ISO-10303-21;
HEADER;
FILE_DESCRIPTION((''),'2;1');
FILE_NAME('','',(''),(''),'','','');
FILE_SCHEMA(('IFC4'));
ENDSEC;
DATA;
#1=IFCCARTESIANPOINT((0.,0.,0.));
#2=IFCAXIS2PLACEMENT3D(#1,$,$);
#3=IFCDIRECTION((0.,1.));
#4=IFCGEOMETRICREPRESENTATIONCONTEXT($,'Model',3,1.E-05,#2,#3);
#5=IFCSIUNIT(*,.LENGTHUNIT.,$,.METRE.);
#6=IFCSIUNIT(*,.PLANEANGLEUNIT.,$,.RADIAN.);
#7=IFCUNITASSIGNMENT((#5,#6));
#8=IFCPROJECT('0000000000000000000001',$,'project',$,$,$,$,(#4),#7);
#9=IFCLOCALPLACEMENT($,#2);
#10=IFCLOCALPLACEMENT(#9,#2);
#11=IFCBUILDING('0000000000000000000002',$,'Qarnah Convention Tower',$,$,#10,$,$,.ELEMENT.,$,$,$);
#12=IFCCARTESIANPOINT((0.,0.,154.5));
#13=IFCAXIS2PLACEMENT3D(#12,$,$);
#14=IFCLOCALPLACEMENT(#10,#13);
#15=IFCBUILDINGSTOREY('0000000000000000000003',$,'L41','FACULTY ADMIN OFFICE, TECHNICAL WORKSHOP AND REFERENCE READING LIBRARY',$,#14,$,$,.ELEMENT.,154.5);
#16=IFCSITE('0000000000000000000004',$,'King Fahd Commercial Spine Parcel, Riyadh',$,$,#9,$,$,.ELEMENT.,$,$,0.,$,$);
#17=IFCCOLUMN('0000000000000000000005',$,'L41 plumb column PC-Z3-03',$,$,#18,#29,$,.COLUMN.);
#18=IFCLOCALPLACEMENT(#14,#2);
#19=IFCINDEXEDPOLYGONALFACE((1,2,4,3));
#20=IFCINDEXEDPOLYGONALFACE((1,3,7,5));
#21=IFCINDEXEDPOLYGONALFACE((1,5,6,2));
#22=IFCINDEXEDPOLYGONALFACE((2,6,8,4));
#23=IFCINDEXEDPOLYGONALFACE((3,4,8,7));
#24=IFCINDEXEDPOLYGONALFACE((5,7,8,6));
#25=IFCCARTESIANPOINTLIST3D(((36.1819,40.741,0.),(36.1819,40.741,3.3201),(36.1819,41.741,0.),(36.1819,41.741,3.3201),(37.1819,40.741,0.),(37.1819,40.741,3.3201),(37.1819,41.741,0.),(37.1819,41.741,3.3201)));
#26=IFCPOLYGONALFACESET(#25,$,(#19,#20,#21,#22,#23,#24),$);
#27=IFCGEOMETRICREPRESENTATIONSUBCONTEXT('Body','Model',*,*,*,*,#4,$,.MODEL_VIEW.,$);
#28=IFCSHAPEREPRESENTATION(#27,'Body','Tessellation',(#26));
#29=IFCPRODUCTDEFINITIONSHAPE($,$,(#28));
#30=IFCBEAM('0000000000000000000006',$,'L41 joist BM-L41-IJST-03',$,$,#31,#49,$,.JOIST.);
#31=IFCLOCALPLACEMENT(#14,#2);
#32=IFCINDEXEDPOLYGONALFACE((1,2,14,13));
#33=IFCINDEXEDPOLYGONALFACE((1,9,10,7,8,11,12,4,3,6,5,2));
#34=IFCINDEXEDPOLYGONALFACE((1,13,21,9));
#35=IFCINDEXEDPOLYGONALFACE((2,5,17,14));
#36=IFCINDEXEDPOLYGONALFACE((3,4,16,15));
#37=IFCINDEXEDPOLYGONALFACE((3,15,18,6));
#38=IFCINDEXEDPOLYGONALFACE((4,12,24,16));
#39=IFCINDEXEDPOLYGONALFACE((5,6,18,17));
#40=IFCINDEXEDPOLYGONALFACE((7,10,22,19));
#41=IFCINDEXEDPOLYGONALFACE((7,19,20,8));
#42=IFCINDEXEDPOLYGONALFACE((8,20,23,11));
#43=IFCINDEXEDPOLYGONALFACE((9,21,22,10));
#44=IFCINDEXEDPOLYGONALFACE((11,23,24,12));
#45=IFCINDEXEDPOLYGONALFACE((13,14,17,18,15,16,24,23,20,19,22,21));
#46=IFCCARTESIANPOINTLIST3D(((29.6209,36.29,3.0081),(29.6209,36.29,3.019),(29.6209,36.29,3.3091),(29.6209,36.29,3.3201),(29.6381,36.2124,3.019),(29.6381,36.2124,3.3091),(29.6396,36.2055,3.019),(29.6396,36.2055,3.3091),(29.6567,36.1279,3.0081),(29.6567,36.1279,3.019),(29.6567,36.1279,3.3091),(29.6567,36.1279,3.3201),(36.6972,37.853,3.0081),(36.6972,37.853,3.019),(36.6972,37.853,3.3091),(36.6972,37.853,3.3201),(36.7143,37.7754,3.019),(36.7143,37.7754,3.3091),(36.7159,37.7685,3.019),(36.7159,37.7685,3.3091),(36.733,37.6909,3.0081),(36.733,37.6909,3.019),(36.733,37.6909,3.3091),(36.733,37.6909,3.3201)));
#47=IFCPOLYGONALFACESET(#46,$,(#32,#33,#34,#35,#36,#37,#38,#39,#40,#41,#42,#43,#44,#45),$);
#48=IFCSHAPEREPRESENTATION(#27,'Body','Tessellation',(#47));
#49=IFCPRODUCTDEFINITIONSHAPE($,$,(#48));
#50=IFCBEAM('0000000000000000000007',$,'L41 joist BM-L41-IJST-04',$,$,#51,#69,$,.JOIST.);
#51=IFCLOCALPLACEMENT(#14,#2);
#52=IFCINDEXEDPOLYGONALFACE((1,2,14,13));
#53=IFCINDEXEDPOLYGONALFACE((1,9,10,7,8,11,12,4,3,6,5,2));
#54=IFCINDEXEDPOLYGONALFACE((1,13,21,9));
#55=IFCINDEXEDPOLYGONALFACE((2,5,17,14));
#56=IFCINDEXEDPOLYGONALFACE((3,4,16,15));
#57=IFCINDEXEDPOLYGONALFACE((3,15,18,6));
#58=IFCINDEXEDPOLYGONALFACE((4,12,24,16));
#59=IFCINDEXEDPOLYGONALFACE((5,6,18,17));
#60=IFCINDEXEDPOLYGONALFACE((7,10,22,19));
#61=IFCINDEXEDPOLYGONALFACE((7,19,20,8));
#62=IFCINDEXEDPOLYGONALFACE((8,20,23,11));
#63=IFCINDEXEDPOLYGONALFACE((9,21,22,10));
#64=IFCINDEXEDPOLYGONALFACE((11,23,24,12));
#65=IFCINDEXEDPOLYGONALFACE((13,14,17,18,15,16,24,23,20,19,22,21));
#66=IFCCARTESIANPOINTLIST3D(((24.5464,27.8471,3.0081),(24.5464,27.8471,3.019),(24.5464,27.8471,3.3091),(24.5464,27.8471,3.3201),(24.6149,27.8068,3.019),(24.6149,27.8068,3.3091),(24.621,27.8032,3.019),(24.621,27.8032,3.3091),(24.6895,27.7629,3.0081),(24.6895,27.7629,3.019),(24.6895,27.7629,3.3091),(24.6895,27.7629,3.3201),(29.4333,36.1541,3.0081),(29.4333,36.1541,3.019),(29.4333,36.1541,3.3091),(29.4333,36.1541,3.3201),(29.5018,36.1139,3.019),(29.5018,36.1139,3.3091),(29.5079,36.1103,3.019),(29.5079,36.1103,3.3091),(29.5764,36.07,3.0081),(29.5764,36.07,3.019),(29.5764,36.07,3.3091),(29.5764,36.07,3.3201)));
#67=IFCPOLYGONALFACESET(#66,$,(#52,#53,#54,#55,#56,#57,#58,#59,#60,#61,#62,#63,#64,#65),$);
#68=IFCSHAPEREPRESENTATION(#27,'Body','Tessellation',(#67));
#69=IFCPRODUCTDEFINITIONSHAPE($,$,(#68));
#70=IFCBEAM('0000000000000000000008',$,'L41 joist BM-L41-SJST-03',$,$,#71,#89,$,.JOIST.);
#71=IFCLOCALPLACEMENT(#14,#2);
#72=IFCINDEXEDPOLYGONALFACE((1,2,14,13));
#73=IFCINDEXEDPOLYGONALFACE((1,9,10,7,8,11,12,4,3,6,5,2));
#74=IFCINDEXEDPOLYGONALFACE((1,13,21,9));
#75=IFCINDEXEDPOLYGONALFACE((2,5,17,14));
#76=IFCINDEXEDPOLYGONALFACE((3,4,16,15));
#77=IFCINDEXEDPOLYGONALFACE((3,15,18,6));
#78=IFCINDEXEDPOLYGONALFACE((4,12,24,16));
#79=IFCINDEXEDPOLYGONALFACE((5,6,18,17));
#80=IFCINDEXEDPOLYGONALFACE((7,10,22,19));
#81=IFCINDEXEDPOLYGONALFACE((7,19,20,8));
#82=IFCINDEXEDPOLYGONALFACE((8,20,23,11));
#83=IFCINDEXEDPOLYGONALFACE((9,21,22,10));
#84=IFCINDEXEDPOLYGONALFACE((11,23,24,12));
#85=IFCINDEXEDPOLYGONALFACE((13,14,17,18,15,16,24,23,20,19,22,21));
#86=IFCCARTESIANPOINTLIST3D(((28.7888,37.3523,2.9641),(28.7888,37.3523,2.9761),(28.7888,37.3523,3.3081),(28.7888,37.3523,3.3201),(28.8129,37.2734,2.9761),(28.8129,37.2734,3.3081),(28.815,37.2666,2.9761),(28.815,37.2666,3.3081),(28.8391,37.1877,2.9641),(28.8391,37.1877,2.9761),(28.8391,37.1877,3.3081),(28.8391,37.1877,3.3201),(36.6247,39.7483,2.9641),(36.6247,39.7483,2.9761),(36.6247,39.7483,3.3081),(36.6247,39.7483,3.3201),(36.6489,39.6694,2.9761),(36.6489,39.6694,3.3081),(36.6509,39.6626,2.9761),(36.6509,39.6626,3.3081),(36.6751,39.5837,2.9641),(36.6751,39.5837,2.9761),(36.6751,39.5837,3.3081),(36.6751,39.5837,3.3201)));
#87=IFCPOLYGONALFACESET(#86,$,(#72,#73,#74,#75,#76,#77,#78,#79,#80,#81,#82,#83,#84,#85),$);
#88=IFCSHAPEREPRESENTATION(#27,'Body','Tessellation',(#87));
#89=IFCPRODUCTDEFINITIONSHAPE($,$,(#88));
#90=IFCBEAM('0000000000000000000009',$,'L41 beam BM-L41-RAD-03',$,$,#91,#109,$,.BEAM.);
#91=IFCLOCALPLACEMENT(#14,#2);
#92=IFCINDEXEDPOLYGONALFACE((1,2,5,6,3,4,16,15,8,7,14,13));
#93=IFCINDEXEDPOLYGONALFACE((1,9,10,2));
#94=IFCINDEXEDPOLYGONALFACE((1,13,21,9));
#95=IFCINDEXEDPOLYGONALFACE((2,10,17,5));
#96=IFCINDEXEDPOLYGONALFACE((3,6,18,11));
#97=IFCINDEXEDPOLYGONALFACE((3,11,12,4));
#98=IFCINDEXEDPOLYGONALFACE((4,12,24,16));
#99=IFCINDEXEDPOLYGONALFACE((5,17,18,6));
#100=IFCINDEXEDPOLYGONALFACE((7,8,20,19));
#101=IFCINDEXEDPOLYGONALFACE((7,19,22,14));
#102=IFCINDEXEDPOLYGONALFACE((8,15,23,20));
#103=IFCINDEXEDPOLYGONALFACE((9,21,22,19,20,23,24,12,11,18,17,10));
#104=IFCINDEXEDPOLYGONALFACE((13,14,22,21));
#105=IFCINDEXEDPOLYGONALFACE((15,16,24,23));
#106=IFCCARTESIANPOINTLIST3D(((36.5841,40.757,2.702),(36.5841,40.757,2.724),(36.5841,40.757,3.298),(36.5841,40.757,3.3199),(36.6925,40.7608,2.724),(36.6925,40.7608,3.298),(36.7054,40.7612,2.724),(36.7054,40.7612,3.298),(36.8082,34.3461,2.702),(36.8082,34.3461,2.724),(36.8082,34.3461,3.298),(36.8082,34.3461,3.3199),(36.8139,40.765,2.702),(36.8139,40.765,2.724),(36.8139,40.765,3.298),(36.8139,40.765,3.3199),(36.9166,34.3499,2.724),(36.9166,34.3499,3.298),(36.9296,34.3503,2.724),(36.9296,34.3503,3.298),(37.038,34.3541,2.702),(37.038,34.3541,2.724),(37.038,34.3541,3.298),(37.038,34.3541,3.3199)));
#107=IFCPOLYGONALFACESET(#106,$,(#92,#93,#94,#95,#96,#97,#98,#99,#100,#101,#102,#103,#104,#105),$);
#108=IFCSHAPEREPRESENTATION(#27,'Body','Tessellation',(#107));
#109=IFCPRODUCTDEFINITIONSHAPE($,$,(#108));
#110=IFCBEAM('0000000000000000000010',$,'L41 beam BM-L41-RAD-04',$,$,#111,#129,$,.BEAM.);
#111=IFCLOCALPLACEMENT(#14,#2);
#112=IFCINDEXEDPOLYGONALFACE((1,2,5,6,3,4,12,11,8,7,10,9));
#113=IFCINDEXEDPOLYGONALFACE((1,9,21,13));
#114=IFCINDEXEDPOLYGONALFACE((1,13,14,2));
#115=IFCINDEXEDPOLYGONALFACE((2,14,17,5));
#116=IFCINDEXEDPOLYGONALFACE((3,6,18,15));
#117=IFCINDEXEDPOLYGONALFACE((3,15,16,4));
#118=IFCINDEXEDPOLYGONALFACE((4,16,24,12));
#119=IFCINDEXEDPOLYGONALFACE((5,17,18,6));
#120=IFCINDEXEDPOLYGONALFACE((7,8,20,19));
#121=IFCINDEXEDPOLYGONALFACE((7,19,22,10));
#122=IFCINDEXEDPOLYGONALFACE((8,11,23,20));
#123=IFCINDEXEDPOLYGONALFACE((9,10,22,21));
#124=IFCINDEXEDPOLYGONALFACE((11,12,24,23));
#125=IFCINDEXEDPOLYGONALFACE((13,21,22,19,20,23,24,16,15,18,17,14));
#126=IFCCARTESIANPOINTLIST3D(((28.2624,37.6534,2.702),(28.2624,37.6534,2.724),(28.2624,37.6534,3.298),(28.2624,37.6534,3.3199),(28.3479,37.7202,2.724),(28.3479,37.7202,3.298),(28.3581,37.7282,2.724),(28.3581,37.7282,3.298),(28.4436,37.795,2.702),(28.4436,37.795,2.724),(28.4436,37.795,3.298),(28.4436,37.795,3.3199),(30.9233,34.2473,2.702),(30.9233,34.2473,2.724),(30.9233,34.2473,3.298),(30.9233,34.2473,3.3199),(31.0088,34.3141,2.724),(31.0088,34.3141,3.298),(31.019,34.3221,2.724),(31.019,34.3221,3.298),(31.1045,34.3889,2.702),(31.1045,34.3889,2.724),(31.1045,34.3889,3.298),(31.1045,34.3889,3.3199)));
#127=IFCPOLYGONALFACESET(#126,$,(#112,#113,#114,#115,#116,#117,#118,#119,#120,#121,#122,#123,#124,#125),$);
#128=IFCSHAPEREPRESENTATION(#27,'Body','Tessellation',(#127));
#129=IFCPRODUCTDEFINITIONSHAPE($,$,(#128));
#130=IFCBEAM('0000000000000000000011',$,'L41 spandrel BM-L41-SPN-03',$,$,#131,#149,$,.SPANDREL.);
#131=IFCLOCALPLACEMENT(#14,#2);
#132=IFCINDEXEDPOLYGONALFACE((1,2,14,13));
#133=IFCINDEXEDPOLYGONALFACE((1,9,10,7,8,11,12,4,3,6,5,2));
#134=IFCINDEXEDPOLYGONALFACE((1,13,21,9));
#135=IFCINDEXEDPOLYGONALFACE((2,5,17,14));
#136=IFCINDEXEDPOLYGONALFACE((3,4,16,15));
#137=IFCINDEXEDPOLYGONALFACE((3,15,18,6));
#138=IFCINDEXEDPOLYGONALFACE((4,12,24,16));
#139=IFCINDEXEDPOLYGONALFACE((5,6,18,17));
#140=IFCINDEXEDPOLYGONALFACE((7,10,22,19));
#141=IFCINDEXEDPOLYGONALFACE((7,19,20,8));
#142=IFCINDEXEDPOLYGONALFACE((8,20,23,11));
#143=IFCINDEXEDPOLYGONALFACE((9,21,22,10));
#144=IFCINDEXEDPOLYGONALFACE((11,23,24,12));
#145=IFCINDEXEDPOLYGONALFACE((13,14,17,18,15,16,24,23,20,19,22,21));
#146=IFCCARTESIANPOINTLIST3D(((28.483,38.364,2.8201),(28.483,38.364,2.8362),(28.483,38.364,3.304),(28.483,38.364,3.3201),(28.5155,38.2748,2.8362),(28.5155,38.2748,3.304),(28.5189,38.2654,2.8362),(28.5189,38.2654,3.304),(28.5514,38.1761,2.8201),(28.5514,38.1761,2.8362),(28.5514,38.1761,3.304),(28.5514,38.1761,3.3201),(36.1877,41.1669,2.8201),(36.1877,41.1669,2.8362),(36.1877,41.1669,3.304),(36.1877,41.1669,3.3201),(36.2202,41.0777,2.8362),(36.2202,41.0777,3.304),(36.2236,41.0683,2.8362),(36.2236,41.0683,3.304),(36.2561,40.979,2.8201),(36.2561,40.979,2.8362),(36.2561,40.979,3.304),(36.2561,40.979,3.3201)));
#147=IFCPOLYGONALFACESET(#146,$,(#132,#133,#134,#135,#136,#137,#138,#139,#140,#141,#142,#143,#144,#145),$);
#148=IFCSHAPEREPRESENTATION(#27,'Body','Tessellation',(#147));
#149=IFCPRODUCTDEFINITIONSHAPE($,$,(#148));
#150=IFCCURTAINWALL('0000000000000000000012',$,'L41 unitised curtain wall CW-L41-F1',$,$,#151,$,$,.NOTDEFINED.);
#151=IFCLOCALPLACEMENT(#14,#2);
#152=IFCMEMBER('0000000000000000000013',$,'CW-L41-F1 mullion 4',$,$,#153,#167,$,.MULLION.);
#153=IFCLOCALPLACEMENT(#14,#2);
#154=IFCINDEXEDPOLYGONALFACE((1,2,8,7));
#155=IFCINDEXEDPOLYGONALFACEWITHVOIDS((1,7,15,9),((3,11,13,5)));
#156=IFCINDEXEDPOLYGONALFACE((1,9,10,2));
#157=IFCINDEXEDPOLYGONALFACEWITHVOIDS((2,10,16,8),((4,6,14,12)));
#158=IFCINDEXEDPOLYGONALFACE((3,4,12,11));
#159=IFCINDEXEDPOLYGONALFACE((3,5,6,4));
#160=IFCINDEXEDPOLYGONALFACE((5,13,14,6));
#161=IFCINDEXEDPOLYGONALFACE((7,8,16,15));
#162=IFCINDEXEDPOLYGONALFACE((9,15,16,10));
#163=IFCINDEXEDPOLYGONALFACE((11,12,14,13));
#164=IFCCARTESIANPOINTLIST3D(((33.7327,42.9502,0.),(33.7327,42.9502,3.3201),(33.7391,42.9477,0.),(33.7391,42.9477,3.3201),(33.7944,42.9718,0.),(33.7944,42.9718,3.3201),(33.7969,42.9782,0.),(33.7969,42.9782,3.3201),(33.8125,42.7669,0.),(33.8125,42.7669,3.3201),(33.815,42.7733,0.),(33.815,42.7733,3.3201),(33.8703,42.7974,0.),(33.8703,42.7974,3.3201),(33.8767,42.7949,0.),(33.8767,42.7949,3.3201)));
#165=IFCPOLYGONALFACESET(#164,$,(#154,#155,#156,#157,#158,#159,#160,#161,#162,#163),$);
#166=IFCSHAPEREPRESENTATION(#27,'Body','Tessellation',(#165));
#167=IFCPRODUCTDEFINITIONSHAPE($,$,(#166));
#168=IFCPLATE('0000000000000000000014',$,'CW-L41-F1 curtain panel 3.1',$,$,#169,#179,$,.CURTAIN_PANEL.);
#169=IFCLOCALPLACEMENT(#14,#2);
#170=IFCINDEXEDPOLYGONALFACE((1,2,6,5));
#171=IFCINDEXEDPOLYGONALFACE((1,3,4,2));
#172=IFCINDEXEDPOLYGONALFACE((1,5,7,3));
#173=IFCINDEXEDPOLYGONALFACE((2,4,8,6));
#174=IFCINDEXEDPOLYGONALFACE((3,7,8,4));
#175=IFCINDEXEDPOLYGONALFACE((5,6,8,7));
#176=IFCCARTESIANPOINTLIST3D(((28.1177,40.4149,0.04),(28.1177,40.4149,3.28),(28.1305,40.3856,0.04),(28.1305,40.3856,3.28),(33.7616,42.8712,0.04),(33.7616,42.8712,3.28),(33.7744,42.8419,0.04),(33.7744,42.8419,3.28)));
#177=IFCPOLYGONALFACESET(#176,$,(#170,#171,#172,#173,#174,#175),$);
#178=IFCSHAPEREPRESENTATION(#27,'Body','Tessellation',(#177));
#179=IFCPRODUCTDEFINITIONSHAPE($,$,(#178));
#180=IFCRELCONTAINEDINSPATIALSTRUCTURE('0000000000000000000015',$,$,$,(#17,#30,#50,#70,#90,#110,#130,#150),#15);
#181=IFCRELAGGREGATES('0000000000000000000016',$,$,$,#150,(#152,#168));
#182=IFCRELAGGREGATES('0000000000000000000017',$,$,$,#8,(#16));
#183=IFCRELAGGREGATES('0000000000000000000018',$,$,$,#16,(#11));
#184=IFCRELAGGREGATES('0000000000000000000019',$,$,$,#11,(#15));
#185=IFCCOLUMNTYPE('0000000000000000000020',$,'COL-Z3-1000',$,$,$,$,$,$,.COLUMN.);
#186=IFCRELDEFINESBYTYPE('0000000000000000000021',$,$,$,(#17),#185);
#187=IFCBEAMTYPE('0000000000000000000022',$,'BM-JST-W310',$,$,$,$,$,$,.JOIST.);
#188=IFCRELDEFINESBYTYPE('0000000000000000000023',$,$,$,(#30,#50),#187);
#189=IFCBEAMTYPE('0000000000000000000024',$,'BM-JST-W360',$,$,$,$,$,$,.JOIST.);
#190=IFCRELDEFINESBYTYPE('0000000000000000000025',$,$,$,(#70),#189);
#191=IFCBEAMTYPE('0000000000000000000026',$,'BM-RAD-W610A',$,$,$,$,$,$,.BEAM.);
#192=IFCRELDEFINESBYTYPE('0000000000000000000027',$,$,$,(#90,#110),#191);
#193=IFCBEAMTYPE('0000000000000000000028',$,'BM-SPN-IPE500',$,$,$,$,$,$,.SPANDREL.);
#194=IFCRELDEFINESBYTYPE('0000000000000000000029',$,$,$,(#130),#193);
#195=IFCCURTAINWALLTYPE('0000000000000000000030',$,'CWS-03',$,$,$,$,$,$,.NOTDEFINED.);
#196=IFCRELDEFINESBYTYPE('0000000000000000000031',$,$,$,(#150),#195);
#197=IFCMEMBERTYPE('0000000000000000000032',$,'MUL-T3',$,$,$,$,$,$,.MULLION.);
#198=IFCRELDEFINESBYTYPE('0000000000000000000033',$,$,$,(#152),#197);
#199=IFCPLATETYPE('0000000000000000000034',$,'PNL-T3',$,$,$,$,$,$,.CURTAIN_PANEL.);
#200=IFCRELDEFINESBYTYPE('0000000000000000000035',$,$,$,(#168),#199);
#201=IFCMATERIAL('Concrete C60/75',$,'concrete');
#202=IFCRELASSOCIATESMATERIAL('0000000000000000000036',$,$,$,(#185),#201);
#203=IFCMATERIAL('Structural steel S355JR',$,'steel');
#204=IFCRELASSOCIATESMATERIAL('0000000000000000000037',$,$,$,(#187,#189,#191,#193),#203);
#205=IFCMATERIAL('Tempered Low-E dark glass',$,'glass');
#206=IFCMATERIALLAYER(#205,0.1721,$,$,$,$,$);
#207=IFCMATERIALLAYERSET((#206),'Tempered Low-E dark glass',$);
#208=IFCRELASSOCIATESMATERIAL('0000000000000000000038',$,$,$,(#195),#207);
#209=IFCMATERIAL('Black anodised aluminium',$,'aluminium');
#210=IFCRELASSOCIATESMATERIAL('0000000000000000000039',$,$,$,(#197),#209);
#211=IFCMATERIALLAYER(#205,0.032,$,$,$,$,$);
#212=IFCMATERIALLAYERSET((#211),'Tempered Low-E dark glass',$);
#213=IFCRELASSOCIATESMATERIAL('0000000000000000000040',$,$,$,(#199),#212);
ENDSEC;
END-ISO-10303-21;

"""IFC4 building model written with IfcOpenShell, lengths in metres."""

from ifc_helpers import new_model, si_unit, direction, frame, origin, origin_2d, place, context, subcontext, project, spatial, rectangle, hollow_rectangle, i_section, extrude, material, layer, layer_set, material_profile, profile_set, type_object, element, aggregate, save


model = new_model("IFC4")

# Units and contexts
model_context = context("Model", 3, precision=1e-05, world=origin(), true_north=direction((0.0, 1.0)))
body_context = subcontext(model_context, "Body", "Model", "MODEL_VIEW")
ifc_project = project(units=[si_unit("LENGTHUNIT", "METRE"), si_unit("PLANEANGLEUNIT", "RADIAN")], contexts=[model_context])

# Site, building, storey
site_placement = place(None, origin())
site = spatial("IfcSite", under=ifc_project, at=site_placement, Name="King Fahd Commercial Spine Parcel, Riyadh", CompositionType="ELEMENT", RefElevation=0.0)
building_placement = place(site_placement, origin())
building = spatial("IfcBuilding", under=site, at=building_placement, Name="Qarnah Convention Tower", CompositionType="ELEMENT")
storey_placement = place(building_placement, frame((0.0, 0.0, 154.5)))
storey = spatial("IfcBuildingStorey", under=building, at=storey_placement, Name="L41", Description="FACULTY ADMIN OFFICE, TECHNICAL WORKSHOP AND REFERENCE READING LIBRARY", CompositionType="ELEMENT", Elevation=154.5)

# Column
ifc_material_1 = material(Name="Concrete C60/75", Category="concrete")
ifc_material_profile_1 = material_profile(ifc_material_1, rectangle(XDim=1.0, YDim=1.0, at=origin_2d()), Name="RC-COL-1000X1000")
ifc_profile_set_1 = profile_set([ifc_material_profile_1], Name="Concrete C60/75")
column_type = type_object("IfcColumnType", Name="COL-Z3-1000", PredefinedType="COLUMN", material=ifc_profile_set_1)
column_placement = place(storey_placement, frame((36.6819, 41.241, 0.0), z_axis=(0.0, 0.0, 1.0), x_axis=(1.0, 0.0, 0.0)))
element("IfcColumn", 1, at=column_placement, inside=storey, type_object=column_type, Name="L41 plumb column PC-Z3-03", PredefinedType="COLUMN", context=body_context, shape_type="SweptSolid", body=[
    extrude(rectangle(XDim=1.0, YDim=1.0, at=origin_2d()), origin(), (0.0, 0.0, 1.0), 3.3201),
])

# Beams
ifc_material_2 = material(Name="Structural steel S355JR", Category="steel")
ifc_material_profile_2 = material_profile(ifc_material_2, i_section(OverallWidth=0.166, OverallDepth=0.312, WebThickness=0.0071, FlangeThickness=0.011, at=origin_2d()), Name="W310X45")
ifc_profile_set_2 = profile_set([ifc_material_profile_2], Name="Structural steel S355JR")
beam_type_1 = type_object("IfcBeamType", Name="BM-JST-W310", PredefinedType="JOIST", material=ifc_profile_set_2)
beam_1_placement = place(storey_placement, frame((36.7151, 37.772, 3.1641), z_axis=(-0.976464, -0.215682, 0.0), x_axis=(0.215682, -0.976464, 0.0)))
element("IfcBeam", 2, at=beam_1_placement, inside=storey, type_object=beam_type_1, Name="L41 joist BM-L41-IJST-03", PredefinedType="JOIST", context=body_context, shape_type="SweptSolid", body=[
    extrude(i_section(OverallWidth=0.166, OverallDepth=0.312, WebThickness=0.0071, FlangeThickness=0.011, at=origin_2d()), origin(), (0.0, 0.0, 1.0), 7.2468),
])
beam_2_placement = place(storey_placement, frame((29.5049, 36.1121, 3.1641), z_axis=(-0.507052, -0.861915, 0.0), x_axis=(0.861915, -0.507052, 0.0)))
element("IfcBeam", 3, at=beam_2_placement, inside=storey, type_object=beam_type_1, Name="L41 joist BM-L41-IJST-04", PredefinedType="JOIST", context=body_context, shape_type="SweptSolid", body=[
    extrude(i_section(OverallWidth=0.166, OverallDepth=0.312, WebThickness=0.0071, FlangeThickness=0.011, at=origin_2d()), origin(), (0.0, 0.0, 1.0), 9.6379),
])
ifc_material_profile_3 = material_profile(ifc_material_2, i_section(OverallWidth=0.1721, OverallDepth=0.356, WebThickness=0.0071, FlangeThickness=0.012, at=origin_2d()), Name="W360X51")
ifc_profile_set_3 = profile_set([ifc_material_profile_3], Name="Structural steel S355JR")
beam_type_2 = type_object("IfcBeamType", Name="BM-JST-W360", PredefinedType="JOIST", material=ifc_profile_set_3)
beam_3_placement = place(storey_placement, frame((36.6499, 39.666, 3.1421), z_axis=(-0.956294, -0.292406, 0.0), x_axis=(0.292406, -0.956294, 0.0)))
element("IfcBeam", 4, at=beam_3_placement, inside=storey, type_object=beam_type_2, Name="L41 joist BM-L41-SJST-03", PredefinedType="JOIST", context=body_context, shape_type="SweptSolid", body=[
    extrude(i_section(OverallWidth=0.1721, OverallDepth=0.356, WebThickness=0.0071, FlangeThickness=0.012, at=origin_2d()), origin(), (0.0, 0.0, 1.0), 8.1941),
])
ifc_material_profile_4 = material_profile(ifc_material_2, i_section(OverallWidth=0.23, OverallDepth=0.6179, WebThickness=0.0129, FlangeThickness=0.022, at=origin_2d()), Name="W610X140")
ifc_profile_set_4 = profile_set([ifc_material_profile_4], Name="Structural steel S355JR")
beam_type_3 = type_object("IfcBeamType", Name="BM-RAD-W610A", PredefinedType="BEAM", material=ifc_profile_set_4)
beam_4_placement = place(storey_placement, frame((36.9231, 34.3501, 3.011), z_axis=(-0.034938, 0.999389, 0.0), x_axis=(-0.999389, -0.034938, 0.0)))
element("IfcBeam", 5, at=beam_4_placement, inside=storey, type_object=beam_type_3, Name="L41 beam BM-L41-RAD-03", PredefinedType="BEAM", context=body_context, shape_type="SweptSolid", body=[
    extrude(i_section(OverallWidth=0.23, OverallDepth=0.6179, WebThickness=0.0129, FlangeThickness=0.022, at=origin_2d()), origin(), (0.0, 0.0, 1.0), 6.4148),
])
beam_5_placement = place(storey_placement, frame((31.0139, 34.3181, 3.011), z_axis=(-0.615636, 0.78803, 0.0), x_axis=(-0.78803, -0.615636, 0.0)))
element("IfcBeam", 6, at=beam_5_placement, inside=storey, type_object=beam_type_3, Name="L41 beam BM-L41-RAD-04", PredefinedType="BEAM", context=body_context, shape_type="SweptSolid", body=[
    extrude(i_section(OverallWidth=0.23, OverallDepth=0.6179, WebThickness=0.0129, FlangeThickness=0.022, at=origin_2d()), origin(), (0.0, 0.0, 1.0), 4.3223),
])
ifc_material_profile_5 = material_profile(ifc_material_2, i_section(OverallWidth=0.2, OverallDepth=0.5, WebThickness=0.01, FlangeThickness=0.0161, at=origin_2d()), Name="IPE500")
ifc_profile_set_5 = profile_set([ifc_material_profile_5], Name="Structural steel S355JR")
beam_type_4 = type_object("IfcBeamType", Name="BM-SPN-IPE500", PredefinedType="SPANDREL", material=ifc_profile_set_5)
beam_6_placement = place(storey_placement, frame((36.2219, 41.073, 3.0701), z_axis=(-0.939746, -0.341875, 0.0), x_axis=(0.341875, -0.939746, 0.0)))
element("IfcBeam", 7, at=beam_6_placement, inside=storey, type_object=beam_type_4, Name="L41 spandrel BM-L41-SPN-03", PredefinedType="SPANDREL", context=body_context, shape_type="SweptSolid", body=[
    extrude(i_section(OverallWidth=0.2, OverallDepth=0.5, WebThickness=0.01, FlangeThickness=0.0161, at=origin_2d()), origin(), (0.0, 0.0, 1.0), 8.1987),
])

# Curtain wall, member, plate
ifc_material_3 = material(Name="Tempered Low-E dark glass", Category="glass")
ifc_layer_1 = layer(ifc_material_3, 0.1721)
ifc_layer_set_1 = layer_set([ifc_layer_1], Name="Tempered Low-E dark glass")
curtain_wall_type = type_object("IfcCurtainWallType", Name="CWS-03", PredefinedType="NOTDEFINED", material=ifc_layer_set_1)
curtain_wall_placement = place(storey_placement, origin())
curtain_wall = element("IfcCurtainWall", 8, at=curtain_wall_placement, inside=storey, type_object=curtain_wall_type, Name="L41 unitised curtain wall CW-L41-F1", PredefinedType="NOTDEFINED")
ifc_material_4 = material(Name="Black anodised aluminium", Category="aluminium")
ifc_material_profile_6 = material_profile(ifc_material_4, hollow_rectangle(XDim=0.0701, YDim=0.2, WallThickness=0.0049, at=origin_2d()), Name="MUL-70X200")
ifc_profile_set_6 = profile_set([ifc_material_profile_6], Name="Black anodised aluminium")
member_type = type_object("IfcMemberType", Name="MUL-T3", PredefinedType="MULLION", material=ifc_profile_set_6)
member_placement = place(storey_placement, frame((33.8047, 42.8726, 0.0), z_axis=(0.0, 0.0, 1.0), x_axis=(0.916926, 0.399058, 0.0)))
member = element("IfcMember", 9, at=member_placement, type_object=member_type, Name="CW-L41-F1 mullion 4", PredefinedType="MULLION", context=body_context, shape_type="SweptSolid", body=[
    extrude(hollow_rectangle(XDim=0.0701, YDim=0.2, WallThickness=0.0049, at=origin_2d()), origin(), (0.0, 0.0, 1.0), 3.3201),
])
ifc_layer_2 = layer(ifc_material_3, 0.032)
ifc_layer_set_2 = layer_set([ifc_layer_2], Name="Tempered Low-E dark glass")
plate_type = type_object("IfcPlateType", Name="PNL-T3", PredefinedType="CURTAIN_PANEL", material=ifc_layer_set_2)
plate_1_placement = place(storey_placement, frame((30.946, 41.6284, 0.04), z_axis=(0.0, 0.0, 1.0), x_axis=(0.916926, 0.399058, 0.0)))
plate_1 = element("IfcPlate", 10, at=plate_1_placement, type_object=plate_type, Name="CW-L41-F1 curtain panel 3.1", PredefinedType="CURTAIN_PANEL", context=body_context, shape_type="SweptSolid", body=[
    extrude(rectangle(XDim=6.1553, YDim=0.032, at=origin_2d()), origin(), (0.0, 0.0, 1.0), 3.24),
])
aggregate(curtain_wall, [member, plate_1])

save(model, "model.ifc")
